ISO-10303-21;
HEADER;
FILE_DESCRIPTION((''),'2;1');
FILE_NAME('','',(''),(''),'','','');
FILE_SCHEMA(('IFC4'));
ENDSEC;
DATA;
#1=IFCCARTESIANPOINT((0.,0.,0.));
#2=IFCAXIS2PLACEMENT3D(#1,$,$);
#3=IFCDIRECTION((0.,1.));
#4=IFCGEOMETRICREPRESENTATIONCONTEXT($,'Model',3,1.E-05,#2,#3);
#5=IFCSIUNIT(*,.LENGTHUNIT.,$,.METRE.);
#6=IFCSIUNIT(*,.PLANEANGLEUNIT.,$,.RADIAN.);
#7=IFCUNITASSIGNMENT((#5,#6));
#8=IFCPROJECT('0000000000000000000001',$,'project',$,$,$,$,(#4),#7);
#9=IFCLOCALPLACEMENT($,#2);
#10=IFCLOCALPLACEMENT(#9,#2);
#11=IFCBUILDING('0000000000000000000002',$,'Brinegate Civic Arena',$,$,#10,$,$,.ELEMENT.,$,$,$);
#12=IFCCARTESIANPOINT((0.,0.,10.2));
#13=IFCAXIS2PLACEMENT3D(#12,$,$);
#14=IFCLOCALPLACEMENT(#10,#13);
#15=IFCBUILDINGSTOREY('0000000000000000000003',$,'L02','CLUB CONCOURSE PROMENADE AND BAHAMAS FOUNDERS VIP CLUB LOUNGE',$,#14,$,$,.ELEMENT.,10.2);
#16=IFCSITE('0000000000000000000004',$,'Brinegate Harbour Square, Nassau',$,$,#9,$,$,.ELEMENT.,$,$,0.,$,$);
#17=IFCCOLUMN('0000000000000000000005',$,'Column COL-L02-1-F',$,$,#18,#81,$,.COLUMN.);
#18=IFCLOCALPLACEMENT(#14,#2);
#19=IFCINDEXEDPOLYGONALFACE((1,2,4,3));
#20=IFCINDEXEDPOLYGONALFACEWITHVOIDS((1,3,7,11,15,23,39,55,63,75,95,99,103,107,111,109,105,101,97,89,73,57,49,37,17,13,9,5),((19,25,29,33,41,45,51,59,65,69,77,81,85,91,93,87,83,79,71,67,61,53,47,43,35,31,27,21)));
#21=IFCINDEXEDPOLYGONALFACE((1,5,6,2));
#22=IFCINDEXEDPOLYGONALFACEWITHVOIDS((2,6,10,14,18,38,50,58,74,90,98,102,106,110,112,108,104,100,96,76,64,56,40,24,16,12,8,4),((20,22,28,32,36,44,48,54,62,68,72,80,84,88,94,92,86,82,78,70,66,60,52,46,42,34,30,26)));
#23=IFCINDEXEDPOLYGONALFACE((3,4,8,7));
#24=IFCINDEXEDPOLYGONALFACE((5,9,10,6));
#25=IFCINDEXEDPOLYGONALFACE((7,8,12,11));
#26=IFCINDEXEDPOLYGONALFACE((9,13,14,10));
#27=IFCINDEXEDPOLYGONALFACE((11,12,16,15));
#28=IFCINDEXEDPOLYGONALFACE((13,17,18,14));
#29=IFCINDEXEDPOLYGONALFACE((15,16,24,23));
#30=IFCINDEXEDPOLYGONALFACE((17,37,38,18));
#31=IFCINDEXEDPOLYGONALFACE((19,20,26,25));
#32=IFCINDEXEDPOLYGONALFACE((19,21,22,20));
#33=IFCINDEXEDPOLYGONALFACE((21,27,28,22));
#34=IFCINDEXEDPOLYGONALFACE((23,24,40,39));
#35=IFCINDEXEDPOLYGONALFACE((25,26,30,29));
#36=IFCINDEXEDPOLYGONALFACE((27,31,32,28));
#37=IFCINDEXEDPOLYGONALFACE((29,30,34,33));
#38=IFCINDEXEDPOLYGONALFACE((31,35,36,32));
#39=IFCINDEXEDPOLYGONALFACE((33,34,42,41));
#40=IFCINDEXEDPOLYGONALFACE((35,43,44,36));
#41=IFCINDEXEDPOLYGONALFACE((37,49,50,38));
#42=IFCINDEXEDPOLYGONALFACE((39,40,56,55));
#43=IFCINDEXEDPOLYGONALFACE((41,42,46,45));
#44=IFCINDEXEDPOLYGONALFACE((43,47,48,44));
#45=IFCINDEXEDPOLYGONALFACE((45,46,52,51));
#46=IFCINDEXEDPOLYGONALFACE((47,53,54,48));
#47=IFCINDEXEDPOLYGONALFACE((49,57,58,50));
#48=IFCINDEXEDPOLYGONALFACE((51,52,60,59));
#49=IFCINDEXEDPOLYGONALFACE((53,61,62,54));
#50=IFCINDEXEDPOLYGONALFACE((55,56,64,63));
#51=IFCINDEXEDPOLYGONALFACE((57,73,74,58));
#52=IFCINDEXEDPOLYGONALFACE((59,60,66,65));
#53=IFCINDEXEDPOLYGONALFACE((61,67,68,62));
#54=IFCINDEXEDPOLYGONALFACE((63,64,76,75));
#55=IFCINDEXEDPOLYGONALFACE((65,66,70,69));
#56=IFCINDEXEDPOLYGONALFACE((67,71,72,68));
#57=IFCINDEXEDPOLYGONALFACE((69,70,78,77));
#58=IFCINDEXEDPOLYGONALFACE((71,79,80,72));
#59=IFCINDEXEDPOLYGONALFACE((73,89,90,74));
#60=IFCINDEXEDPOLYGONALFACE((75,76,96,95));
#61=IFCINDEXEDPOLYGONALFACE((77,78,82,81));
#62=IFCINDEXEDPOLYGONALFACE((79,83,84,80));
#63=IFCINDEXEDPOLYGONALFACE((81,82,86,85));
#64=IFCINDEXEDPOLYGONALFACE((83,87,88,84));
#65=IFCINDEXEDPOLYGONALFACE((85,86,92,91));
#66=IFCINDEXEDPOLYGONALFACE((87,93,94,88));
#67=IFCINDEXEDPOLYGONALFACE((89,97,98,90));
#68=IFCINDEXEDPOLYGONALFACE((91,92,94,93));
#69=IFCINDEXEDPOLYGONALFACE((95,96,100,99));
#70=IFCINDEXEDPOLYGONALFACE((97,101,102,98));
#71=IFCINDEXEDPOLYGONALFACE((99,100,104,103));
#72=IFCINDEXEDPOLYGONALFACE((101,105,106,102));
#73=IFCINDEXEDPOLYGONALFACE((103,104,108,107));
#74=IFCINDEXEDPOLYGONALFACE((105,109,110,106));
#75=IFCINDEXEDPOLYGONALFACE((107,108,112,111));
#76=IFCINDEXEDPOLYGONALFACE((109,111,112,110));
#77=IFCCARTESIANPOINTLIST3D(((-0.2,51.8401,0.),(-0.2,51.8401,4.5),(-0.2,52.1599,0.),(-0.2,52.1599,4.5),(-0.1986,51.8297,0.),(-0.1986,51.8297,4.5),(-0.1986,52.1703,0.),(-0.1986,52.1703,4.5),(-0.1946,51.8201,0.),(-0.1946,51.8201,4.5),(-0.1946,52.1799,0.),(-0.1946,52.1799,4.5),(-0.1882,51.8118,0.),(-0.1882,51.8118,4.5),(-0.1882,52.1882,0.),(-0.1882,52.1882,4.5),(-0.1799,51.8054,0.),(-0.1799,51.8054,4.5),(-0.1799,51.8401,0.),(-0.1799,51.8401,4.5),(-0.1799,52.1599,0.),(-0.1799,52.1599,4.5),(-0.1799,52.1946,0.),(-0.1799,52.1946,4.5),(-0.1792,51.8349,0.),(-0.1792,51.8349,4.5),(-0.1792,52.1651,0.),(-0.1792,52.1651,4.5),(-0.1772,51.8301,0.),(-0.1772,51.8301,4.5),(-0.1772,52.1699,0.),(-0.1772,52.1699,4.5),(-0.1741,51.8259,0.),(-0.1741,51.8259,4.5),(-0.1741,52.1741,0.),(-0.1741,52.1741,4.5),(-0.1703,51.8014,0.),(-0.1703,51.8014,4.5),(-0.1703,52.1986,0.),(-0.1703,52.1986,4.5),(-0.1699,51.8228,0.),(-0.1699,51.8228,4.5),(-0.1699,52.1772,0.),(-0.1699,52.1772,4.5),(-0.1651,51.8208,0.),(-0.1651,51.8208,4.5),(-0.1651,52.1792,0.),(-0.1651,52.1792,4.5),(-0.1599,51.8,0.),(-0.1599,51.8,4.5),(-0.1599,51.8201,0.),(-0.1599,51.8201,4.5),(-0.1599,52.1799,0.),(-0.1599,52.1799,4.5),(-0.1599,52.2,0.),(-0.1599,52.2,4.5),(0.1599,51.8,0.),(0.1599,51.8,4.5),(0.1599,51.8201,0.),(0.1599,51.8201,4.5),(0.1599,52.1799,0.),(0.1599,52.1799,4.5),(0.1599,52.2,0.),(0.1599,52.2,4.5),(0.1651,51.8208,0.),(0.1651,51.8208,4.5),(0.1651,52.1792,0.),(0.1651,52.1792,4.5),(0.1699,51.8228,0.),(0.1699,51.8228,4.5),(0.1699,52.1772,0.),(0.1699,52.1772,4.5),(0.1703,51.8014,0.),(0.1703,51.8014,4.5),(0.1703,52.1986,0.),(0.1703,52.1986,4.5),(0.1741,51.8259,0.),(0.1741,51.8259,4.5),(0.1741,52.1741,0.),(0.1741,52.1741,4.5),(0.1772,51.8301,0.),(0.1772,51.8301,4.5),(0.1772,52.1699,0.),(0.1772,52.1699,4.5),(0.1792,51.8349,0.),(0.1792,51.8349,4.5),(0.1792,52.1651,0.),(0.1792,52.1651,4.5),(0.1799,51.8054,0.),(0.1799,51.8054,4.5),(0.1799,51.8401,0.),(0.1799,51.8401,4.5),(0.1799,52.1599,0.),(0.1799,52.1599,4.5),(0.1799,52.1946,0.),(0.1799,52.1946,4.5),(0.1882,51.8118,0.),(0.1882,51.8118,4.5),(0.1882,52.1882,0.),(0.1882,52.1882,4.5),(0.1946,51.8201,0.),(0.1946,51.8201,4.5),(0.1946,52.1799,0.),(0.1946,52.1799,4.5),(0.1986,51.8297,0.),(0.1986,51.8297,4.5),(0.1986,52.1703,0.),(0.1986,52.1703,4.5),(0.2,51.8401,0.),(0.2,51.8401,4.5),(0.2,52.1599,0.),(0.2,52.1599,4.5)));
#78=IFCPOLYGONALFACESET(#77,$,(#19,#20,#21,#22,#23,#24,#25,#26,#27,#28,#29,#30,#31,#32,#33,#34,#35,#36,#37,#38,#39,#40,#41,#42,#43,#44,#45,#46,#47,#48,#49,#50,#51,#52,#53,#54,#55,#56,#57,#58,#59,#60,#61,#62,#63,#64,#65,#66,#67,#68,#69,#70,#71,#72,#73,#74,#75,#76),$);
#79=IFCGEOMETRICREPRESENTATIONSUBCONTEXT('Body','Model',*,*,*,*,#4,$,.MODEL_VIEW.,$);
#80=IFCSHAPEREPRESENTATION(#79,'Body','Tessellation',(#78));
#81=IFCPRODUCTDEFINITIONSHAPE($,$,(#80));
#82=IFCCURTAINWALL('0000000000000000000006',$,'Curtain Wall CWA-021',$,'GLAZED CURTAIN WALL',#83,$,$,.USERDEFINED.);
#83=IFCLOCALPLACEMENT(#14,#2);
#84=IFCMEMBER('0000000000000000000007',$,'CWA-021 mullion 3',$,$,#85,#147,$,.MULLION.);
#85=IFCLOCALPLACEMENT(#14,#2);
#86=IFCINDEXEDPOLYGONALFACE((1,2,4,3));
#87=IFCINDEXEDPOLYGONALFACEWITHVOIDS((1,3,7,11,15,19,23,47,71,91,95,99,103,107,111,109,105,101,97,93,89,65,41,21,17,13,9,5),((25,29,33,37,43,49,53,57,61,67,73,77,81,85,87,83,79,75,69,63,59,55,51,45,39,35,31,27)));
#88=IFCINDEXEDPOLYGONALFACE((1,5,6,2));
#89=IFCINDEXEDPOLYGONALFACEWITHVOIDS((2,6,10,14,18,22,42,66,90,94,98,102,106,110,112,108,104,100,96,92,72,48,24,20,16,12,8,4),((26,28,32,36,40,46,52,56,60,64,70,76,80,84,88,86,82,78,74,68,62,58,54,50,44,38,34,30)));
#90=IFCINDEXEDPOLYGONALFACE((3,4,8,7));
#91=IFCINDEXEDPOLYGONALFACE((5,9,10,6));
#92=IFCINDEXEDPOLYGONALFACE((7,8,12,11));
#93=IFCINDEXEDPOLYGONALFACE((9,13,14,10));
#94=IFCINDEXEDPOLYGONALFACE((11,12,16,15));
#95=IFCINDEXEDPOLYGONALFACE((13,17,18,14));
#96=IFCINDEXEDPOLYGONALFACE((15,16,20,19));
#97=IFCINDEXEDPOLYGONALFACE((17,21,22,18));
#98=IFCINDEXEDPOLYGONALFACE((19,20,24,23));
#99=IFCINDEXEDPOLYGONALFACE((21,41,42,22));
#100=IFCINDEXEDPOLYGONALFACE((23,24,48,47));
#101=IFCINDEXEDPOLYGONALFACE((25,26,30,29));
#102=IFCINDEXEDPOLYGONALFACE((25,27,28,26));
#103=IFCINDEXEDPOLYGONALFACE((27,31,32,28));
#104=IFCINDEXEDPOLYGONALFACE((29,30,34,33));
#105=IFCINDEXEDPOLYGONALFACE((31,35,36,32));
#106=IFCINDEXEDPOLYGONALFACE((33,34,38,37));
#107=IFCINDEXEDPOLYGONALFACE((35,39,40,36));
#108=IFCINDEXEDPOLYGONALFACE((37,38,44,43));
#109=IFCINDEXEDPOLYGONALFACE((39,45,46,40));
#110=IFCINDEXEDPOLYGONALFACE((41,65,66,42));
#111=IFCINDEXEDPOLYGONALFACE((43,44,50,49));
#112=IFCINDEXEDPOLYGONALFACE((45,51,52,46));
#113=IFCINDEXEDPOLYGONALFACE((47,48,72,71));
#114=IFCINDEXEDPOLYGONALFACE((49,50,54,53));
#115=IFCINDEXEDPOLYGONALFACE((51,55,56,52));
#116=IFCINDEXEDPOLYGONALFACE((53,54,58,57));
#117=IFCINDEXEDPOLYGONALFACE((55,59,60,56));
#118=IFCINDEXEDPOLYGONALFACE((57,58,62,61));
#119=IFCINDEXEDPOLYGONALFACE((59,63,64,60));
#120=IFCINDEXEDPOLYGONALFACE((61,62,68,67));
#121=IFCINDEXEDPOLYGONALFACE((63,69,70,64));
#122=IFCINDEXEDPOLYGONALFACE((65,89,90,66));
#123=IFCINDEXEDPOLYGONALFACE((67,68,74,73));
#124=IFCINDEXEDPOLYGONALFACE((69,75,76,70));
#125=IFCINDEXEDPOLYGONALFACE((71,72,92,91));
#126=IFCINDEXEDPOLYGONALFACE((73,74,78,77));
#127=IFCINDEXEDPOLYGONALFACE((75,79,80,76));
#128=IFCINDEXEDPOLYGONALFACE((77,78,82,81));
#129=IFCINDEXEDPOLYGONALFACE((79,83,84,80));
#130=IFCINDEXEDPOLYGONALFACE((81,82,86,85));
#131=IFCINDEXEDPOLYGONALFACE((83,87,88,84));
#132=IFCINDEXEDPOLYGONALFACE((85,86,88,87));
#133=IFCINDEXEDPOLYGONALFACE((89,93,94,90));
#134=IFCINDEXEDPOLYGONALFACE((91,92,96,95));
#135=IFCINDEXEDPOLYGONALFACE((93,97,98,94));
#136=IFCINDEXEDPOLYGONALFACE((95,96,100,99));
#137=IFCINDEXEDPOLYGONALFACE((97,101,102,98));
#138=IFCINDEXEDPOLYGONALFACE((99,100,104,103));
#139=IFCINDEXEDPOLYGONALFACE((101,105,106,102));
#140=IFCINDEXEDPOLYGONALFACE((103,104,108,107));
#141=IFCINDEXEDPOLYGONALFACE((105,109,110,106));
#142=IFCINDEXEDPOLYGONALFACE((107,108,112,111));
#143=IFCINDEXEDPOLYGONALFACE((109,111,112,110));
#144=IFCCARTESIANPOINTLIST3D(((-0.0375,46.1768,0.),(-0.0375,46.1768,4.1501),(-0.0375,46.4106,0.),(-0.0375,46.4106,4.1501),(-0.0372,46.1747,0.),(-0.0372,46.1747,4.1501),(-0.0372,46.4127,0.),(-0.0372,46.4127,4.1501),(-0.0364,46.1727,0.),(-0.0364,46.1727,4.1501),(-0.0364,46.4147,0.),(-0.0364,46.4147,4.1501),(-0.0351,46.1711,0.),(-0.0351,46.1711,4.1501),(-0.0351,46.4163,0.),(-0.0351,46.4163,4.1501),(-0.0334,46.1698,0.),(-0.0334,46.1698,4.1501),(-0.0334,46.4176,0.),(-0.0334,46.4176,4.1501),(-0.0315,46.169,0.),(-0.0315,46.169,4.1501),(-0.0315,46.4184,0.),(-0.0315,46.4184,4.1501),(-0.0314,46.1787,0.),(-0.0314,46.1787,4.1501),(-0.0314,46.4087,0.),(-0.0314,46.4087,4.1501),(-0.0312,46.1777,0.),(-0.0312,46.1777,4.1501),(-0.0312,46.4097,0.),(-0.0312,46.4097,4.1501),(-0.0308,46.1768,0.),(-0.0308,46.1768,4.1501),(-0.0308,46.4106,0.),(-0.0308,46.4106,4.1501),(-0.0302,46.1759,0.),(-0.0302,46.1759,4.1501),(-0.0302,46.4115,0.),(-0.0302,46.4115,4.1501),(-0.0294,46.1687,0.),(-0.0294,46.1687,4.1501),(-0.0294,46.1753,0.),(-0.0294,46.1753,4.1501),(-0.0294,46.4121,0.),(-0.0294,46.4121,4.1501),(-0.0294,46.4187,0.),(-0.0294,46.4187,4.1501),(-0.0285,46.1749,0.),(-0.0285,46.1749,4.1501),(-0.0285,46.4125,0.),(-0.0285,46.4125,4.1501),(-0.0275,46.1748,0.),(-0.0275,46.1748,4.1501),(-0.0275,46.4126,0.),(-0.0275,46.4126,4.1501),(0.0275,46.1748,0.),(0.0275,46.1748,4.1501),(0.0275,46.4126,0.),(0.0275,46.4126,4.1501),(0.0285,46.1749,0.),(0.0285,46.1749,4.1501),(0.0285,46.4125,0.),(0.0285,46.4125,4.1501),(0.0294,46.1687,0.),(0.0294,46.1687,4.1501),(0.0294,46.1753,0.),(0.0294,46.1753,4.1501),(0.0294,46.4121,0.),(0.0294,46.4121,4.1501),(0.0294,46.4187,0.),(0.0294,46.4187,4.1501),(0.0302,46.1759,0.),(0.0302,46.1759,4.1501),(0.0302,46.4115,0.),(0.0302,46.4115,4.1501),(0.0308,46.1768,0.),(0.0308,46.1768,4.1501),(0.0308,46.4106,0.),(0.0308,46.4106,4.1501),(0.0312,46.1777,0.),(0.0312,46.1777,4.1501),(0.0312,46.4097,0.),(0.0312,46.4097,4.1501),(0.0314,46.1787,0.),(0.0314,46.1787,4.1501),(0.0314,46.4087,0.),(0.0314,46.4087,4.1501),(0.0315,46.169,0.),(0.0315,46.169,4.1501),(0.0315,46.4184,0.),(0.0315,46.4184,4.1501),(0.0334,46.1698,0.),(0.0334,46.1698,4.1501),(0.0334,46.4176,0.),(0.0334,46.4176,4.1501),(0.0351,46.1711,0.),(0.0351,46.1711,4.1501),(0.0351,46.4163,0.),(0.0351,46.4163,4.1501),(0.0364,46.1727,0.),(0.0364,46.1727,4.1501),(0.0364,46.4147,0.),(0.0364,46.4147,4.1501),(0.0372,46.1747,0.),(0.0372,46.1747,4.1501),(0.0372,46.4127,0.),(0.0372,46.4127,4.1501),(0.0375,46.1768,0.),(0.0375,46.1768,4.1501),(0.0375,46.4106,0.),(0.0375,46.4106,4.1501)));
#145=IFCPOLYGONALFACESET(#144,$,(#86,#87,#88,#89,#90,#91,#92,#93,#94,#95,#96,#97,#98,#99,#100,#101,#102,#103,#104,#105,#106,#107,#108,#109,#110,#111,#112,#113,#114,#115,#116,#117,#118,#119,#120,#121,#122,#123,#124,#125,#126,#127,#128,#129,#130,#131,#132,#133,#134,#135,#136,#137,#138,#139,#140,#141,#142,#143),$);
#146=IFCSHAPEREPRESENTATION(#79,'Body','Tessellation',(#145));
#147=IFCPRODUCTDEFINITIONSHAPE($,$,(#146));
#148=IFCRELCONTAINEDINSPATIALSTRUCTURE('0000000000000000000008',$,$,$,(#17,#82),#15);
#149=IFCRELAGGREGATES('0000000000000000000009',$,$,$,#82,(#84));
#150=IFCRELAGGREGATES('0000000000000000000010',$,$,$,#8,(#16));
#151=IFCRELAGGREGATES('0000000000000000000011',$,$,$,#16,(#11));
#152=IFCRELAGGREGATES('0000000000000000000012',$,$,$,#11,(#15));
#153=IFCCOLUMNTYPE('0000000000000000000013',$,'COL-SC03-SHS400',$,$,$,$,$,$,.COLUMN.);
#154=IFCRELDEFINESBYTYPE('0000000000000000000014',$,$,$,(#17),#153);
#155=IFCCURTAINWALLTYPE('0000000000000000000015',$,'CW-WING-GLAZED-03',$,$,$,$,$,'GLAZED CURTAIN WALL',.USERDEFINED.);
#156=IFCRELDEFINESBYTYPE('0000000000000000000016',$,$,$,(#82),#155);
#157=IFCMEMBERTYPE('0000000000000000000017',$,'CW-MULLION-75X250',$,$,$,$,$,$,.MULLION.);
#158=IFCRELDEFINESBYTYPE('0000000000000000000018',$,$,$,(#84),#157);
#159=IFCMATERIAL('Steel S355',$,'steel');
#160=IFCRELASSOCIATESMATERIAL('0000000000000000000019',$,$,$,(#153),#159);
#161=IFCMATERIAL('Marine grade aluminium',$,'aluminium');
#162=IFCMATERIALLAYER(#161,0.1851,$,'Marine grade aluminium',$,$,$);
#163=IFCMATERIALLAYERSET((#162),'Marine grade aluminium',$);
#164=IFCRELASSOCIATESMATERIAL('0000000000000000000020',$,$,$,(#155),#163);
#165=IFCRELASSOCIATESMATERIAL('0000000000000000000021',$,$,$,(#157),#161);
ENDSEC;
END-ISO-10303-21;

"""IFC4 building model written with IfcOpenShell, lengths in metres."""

from ifc_helpers import new_model, si_unit, direction, frame, origin, origin_2d, place, context, subcontext, project, spatial, hollow_rectangle, extrude, material, layer, layer_set, material_profile, profile_set, type_object, element, aggregate, save


model = new_model("IFC4")

# Units and contexts
model_context = context("Model", 3, precision=1e-05, world=origin(), true_north=direction((0.0, 1.0)))
body_context = subcontext(model_context, "Body", "Model", "MODEL_VIEW")
ifc_project = project(units=[si_unit("LENGTHUNIT", "METRE"), si_unit("PLANEANGLEUNIT", "RADIAN")], contexts=[model_context])

# Site, building, storey
site_placement = place(None, origin())
site = spatial("IfcSite", under=ifc_project, at=site_placement, Name="Brinegate Harbour Square, Nassau", CompositionType="ELEMENT", RefElevation=0.0)
building_placement = place(site_placement, origin())
building = spatial("IfcBuilding", under=site, at=building_placement, Name="Brinegate Civic Arena", CompositionType="ELEMENT")
storey_placement = place(building_placement, frame((0.0, 0.0, 10.2)))
storey = spatial("IfcBuildingStorey", under=building, at=storey_placement, Name="L02", Description="CLUB CONCOURSE PROMENADE AND BAHAMAS FOUNDERS VIP CLUB LOUNGE", CompositionType="ELEMENT", Elevation=10.2)

# Column
ifc_material_1 = material(Name="Steel S355", Category="steel")
ifc_material_profile_1 = material_profile(ifc_material_1, hollow_rectangle(XDim=0.3999, YDim=0.3999, WallThickness=0.02, InnerFilletRadius=0.02, OuterFilletRadius=0.04, at=origin_2d()), Name="SHS400X20")
ifc_profile_set_1 = profile_set([ifc_material_profile_1], Name="Steel S355")
column_type = type_object("IfcColumnType", Name="COL-SC03-SHS400", PredefinedType="COLUMN", material=ifc_profile_set_1)
column_placement = place(storey_placement, frame((0.0, 52.0, 0.0), z_axis=(0.0, 0.0, 1.0), x_axis=(1.0, 0.0, 0.0)))
element("IfcColumn", 1, at=column_placement, inside=storey, type_object=column_type, Name="Column COL-L02-1-F", PredefinedType="COLUMN", context=body_context, shape_type="SweptSolid", body=[
    extrude(hollow_rectangle(XDim=0.3999, YDim=0.3999, WallThickness=0.02, InnerFilletRadius=0.02, OuterFilletRadius=0.04, at=origin_2d()), origin(), (0.0, 0.0, 1.0), 4.5),
])

# Curtain wall, member
ifc_material_2 = material(Name="Marine grade aluminium", Category="aluminium")
ifc_layer_1 = layer(ifc_material_2, 0.1851, Name="Marine grade aluminium")
ifc_layer_set_1 = layer_set([ifc_layer_1], Name="Marine grade aluminium")
curtain_wall_type = type_object("IfcCurtainWallType", Name="CW-WING-GLAZED-03", ElementType="GLAZED CURTAIN WALL", PredefinedType="USERDEFINED", material=ifc_layer_set_1)
curtain_wall_1_placement = place(storey_placement, origin())
curtain_wall_1 = element("IfcCurtainWall", 2, at=curtain_wall_1_placement, inside=storey, type_object=curtain_wall_type, Name="Curtain Wall CWA-021", ObjectType="GLAZED CURTAIN WALL", PredefinedType="USERDEFINED")
ifc_material_profile_2 = material_profile(ifc_material_2, hollow_rectangle(XDim=0.075, YDim=0.25, WallThickness=0.0061, InnerFilletRadius=0.0039, OuterFilletRadius=0.0081, at=origin_2d()), Name="MUL75X250")
ifc_profile_set_2 = profile_set([ifc_material_profile_2], Name="Marine grade aluminium")
member_type_1 = type_object("IfcMemberType", Name="CW-MULLION-75X250", PredefinedType="MULLION", material=ifc_profile_set_2)
member_1_placement = place(storey_placement, frame((0.0, 46.2937, 0.0), z_axis=(0.0, 0.0, 1.0), x_axis=(-1.0, 0.0, 0.0)))
member_1 = element("IfcMember", 3, at=member_1_placement, type_object=member_type_1, Name="CWA-021 mullion 3", PredefinedType="MULLION", context=body_context, shape_type="SweptSolid", body=[
    extrude(hollow_rectangle(XDim=0.075, YDim=0.25, WallThickness=0.0061, InnerFilletRadius=0.0039, OuterFilletRadius=0.0081, at=origin_2d()), origin(), (0.0, 0.0, 1.0), 4.1501),
])

aggregate(curtain_wall_1, [member_1])

save(model, "model.ifc")
